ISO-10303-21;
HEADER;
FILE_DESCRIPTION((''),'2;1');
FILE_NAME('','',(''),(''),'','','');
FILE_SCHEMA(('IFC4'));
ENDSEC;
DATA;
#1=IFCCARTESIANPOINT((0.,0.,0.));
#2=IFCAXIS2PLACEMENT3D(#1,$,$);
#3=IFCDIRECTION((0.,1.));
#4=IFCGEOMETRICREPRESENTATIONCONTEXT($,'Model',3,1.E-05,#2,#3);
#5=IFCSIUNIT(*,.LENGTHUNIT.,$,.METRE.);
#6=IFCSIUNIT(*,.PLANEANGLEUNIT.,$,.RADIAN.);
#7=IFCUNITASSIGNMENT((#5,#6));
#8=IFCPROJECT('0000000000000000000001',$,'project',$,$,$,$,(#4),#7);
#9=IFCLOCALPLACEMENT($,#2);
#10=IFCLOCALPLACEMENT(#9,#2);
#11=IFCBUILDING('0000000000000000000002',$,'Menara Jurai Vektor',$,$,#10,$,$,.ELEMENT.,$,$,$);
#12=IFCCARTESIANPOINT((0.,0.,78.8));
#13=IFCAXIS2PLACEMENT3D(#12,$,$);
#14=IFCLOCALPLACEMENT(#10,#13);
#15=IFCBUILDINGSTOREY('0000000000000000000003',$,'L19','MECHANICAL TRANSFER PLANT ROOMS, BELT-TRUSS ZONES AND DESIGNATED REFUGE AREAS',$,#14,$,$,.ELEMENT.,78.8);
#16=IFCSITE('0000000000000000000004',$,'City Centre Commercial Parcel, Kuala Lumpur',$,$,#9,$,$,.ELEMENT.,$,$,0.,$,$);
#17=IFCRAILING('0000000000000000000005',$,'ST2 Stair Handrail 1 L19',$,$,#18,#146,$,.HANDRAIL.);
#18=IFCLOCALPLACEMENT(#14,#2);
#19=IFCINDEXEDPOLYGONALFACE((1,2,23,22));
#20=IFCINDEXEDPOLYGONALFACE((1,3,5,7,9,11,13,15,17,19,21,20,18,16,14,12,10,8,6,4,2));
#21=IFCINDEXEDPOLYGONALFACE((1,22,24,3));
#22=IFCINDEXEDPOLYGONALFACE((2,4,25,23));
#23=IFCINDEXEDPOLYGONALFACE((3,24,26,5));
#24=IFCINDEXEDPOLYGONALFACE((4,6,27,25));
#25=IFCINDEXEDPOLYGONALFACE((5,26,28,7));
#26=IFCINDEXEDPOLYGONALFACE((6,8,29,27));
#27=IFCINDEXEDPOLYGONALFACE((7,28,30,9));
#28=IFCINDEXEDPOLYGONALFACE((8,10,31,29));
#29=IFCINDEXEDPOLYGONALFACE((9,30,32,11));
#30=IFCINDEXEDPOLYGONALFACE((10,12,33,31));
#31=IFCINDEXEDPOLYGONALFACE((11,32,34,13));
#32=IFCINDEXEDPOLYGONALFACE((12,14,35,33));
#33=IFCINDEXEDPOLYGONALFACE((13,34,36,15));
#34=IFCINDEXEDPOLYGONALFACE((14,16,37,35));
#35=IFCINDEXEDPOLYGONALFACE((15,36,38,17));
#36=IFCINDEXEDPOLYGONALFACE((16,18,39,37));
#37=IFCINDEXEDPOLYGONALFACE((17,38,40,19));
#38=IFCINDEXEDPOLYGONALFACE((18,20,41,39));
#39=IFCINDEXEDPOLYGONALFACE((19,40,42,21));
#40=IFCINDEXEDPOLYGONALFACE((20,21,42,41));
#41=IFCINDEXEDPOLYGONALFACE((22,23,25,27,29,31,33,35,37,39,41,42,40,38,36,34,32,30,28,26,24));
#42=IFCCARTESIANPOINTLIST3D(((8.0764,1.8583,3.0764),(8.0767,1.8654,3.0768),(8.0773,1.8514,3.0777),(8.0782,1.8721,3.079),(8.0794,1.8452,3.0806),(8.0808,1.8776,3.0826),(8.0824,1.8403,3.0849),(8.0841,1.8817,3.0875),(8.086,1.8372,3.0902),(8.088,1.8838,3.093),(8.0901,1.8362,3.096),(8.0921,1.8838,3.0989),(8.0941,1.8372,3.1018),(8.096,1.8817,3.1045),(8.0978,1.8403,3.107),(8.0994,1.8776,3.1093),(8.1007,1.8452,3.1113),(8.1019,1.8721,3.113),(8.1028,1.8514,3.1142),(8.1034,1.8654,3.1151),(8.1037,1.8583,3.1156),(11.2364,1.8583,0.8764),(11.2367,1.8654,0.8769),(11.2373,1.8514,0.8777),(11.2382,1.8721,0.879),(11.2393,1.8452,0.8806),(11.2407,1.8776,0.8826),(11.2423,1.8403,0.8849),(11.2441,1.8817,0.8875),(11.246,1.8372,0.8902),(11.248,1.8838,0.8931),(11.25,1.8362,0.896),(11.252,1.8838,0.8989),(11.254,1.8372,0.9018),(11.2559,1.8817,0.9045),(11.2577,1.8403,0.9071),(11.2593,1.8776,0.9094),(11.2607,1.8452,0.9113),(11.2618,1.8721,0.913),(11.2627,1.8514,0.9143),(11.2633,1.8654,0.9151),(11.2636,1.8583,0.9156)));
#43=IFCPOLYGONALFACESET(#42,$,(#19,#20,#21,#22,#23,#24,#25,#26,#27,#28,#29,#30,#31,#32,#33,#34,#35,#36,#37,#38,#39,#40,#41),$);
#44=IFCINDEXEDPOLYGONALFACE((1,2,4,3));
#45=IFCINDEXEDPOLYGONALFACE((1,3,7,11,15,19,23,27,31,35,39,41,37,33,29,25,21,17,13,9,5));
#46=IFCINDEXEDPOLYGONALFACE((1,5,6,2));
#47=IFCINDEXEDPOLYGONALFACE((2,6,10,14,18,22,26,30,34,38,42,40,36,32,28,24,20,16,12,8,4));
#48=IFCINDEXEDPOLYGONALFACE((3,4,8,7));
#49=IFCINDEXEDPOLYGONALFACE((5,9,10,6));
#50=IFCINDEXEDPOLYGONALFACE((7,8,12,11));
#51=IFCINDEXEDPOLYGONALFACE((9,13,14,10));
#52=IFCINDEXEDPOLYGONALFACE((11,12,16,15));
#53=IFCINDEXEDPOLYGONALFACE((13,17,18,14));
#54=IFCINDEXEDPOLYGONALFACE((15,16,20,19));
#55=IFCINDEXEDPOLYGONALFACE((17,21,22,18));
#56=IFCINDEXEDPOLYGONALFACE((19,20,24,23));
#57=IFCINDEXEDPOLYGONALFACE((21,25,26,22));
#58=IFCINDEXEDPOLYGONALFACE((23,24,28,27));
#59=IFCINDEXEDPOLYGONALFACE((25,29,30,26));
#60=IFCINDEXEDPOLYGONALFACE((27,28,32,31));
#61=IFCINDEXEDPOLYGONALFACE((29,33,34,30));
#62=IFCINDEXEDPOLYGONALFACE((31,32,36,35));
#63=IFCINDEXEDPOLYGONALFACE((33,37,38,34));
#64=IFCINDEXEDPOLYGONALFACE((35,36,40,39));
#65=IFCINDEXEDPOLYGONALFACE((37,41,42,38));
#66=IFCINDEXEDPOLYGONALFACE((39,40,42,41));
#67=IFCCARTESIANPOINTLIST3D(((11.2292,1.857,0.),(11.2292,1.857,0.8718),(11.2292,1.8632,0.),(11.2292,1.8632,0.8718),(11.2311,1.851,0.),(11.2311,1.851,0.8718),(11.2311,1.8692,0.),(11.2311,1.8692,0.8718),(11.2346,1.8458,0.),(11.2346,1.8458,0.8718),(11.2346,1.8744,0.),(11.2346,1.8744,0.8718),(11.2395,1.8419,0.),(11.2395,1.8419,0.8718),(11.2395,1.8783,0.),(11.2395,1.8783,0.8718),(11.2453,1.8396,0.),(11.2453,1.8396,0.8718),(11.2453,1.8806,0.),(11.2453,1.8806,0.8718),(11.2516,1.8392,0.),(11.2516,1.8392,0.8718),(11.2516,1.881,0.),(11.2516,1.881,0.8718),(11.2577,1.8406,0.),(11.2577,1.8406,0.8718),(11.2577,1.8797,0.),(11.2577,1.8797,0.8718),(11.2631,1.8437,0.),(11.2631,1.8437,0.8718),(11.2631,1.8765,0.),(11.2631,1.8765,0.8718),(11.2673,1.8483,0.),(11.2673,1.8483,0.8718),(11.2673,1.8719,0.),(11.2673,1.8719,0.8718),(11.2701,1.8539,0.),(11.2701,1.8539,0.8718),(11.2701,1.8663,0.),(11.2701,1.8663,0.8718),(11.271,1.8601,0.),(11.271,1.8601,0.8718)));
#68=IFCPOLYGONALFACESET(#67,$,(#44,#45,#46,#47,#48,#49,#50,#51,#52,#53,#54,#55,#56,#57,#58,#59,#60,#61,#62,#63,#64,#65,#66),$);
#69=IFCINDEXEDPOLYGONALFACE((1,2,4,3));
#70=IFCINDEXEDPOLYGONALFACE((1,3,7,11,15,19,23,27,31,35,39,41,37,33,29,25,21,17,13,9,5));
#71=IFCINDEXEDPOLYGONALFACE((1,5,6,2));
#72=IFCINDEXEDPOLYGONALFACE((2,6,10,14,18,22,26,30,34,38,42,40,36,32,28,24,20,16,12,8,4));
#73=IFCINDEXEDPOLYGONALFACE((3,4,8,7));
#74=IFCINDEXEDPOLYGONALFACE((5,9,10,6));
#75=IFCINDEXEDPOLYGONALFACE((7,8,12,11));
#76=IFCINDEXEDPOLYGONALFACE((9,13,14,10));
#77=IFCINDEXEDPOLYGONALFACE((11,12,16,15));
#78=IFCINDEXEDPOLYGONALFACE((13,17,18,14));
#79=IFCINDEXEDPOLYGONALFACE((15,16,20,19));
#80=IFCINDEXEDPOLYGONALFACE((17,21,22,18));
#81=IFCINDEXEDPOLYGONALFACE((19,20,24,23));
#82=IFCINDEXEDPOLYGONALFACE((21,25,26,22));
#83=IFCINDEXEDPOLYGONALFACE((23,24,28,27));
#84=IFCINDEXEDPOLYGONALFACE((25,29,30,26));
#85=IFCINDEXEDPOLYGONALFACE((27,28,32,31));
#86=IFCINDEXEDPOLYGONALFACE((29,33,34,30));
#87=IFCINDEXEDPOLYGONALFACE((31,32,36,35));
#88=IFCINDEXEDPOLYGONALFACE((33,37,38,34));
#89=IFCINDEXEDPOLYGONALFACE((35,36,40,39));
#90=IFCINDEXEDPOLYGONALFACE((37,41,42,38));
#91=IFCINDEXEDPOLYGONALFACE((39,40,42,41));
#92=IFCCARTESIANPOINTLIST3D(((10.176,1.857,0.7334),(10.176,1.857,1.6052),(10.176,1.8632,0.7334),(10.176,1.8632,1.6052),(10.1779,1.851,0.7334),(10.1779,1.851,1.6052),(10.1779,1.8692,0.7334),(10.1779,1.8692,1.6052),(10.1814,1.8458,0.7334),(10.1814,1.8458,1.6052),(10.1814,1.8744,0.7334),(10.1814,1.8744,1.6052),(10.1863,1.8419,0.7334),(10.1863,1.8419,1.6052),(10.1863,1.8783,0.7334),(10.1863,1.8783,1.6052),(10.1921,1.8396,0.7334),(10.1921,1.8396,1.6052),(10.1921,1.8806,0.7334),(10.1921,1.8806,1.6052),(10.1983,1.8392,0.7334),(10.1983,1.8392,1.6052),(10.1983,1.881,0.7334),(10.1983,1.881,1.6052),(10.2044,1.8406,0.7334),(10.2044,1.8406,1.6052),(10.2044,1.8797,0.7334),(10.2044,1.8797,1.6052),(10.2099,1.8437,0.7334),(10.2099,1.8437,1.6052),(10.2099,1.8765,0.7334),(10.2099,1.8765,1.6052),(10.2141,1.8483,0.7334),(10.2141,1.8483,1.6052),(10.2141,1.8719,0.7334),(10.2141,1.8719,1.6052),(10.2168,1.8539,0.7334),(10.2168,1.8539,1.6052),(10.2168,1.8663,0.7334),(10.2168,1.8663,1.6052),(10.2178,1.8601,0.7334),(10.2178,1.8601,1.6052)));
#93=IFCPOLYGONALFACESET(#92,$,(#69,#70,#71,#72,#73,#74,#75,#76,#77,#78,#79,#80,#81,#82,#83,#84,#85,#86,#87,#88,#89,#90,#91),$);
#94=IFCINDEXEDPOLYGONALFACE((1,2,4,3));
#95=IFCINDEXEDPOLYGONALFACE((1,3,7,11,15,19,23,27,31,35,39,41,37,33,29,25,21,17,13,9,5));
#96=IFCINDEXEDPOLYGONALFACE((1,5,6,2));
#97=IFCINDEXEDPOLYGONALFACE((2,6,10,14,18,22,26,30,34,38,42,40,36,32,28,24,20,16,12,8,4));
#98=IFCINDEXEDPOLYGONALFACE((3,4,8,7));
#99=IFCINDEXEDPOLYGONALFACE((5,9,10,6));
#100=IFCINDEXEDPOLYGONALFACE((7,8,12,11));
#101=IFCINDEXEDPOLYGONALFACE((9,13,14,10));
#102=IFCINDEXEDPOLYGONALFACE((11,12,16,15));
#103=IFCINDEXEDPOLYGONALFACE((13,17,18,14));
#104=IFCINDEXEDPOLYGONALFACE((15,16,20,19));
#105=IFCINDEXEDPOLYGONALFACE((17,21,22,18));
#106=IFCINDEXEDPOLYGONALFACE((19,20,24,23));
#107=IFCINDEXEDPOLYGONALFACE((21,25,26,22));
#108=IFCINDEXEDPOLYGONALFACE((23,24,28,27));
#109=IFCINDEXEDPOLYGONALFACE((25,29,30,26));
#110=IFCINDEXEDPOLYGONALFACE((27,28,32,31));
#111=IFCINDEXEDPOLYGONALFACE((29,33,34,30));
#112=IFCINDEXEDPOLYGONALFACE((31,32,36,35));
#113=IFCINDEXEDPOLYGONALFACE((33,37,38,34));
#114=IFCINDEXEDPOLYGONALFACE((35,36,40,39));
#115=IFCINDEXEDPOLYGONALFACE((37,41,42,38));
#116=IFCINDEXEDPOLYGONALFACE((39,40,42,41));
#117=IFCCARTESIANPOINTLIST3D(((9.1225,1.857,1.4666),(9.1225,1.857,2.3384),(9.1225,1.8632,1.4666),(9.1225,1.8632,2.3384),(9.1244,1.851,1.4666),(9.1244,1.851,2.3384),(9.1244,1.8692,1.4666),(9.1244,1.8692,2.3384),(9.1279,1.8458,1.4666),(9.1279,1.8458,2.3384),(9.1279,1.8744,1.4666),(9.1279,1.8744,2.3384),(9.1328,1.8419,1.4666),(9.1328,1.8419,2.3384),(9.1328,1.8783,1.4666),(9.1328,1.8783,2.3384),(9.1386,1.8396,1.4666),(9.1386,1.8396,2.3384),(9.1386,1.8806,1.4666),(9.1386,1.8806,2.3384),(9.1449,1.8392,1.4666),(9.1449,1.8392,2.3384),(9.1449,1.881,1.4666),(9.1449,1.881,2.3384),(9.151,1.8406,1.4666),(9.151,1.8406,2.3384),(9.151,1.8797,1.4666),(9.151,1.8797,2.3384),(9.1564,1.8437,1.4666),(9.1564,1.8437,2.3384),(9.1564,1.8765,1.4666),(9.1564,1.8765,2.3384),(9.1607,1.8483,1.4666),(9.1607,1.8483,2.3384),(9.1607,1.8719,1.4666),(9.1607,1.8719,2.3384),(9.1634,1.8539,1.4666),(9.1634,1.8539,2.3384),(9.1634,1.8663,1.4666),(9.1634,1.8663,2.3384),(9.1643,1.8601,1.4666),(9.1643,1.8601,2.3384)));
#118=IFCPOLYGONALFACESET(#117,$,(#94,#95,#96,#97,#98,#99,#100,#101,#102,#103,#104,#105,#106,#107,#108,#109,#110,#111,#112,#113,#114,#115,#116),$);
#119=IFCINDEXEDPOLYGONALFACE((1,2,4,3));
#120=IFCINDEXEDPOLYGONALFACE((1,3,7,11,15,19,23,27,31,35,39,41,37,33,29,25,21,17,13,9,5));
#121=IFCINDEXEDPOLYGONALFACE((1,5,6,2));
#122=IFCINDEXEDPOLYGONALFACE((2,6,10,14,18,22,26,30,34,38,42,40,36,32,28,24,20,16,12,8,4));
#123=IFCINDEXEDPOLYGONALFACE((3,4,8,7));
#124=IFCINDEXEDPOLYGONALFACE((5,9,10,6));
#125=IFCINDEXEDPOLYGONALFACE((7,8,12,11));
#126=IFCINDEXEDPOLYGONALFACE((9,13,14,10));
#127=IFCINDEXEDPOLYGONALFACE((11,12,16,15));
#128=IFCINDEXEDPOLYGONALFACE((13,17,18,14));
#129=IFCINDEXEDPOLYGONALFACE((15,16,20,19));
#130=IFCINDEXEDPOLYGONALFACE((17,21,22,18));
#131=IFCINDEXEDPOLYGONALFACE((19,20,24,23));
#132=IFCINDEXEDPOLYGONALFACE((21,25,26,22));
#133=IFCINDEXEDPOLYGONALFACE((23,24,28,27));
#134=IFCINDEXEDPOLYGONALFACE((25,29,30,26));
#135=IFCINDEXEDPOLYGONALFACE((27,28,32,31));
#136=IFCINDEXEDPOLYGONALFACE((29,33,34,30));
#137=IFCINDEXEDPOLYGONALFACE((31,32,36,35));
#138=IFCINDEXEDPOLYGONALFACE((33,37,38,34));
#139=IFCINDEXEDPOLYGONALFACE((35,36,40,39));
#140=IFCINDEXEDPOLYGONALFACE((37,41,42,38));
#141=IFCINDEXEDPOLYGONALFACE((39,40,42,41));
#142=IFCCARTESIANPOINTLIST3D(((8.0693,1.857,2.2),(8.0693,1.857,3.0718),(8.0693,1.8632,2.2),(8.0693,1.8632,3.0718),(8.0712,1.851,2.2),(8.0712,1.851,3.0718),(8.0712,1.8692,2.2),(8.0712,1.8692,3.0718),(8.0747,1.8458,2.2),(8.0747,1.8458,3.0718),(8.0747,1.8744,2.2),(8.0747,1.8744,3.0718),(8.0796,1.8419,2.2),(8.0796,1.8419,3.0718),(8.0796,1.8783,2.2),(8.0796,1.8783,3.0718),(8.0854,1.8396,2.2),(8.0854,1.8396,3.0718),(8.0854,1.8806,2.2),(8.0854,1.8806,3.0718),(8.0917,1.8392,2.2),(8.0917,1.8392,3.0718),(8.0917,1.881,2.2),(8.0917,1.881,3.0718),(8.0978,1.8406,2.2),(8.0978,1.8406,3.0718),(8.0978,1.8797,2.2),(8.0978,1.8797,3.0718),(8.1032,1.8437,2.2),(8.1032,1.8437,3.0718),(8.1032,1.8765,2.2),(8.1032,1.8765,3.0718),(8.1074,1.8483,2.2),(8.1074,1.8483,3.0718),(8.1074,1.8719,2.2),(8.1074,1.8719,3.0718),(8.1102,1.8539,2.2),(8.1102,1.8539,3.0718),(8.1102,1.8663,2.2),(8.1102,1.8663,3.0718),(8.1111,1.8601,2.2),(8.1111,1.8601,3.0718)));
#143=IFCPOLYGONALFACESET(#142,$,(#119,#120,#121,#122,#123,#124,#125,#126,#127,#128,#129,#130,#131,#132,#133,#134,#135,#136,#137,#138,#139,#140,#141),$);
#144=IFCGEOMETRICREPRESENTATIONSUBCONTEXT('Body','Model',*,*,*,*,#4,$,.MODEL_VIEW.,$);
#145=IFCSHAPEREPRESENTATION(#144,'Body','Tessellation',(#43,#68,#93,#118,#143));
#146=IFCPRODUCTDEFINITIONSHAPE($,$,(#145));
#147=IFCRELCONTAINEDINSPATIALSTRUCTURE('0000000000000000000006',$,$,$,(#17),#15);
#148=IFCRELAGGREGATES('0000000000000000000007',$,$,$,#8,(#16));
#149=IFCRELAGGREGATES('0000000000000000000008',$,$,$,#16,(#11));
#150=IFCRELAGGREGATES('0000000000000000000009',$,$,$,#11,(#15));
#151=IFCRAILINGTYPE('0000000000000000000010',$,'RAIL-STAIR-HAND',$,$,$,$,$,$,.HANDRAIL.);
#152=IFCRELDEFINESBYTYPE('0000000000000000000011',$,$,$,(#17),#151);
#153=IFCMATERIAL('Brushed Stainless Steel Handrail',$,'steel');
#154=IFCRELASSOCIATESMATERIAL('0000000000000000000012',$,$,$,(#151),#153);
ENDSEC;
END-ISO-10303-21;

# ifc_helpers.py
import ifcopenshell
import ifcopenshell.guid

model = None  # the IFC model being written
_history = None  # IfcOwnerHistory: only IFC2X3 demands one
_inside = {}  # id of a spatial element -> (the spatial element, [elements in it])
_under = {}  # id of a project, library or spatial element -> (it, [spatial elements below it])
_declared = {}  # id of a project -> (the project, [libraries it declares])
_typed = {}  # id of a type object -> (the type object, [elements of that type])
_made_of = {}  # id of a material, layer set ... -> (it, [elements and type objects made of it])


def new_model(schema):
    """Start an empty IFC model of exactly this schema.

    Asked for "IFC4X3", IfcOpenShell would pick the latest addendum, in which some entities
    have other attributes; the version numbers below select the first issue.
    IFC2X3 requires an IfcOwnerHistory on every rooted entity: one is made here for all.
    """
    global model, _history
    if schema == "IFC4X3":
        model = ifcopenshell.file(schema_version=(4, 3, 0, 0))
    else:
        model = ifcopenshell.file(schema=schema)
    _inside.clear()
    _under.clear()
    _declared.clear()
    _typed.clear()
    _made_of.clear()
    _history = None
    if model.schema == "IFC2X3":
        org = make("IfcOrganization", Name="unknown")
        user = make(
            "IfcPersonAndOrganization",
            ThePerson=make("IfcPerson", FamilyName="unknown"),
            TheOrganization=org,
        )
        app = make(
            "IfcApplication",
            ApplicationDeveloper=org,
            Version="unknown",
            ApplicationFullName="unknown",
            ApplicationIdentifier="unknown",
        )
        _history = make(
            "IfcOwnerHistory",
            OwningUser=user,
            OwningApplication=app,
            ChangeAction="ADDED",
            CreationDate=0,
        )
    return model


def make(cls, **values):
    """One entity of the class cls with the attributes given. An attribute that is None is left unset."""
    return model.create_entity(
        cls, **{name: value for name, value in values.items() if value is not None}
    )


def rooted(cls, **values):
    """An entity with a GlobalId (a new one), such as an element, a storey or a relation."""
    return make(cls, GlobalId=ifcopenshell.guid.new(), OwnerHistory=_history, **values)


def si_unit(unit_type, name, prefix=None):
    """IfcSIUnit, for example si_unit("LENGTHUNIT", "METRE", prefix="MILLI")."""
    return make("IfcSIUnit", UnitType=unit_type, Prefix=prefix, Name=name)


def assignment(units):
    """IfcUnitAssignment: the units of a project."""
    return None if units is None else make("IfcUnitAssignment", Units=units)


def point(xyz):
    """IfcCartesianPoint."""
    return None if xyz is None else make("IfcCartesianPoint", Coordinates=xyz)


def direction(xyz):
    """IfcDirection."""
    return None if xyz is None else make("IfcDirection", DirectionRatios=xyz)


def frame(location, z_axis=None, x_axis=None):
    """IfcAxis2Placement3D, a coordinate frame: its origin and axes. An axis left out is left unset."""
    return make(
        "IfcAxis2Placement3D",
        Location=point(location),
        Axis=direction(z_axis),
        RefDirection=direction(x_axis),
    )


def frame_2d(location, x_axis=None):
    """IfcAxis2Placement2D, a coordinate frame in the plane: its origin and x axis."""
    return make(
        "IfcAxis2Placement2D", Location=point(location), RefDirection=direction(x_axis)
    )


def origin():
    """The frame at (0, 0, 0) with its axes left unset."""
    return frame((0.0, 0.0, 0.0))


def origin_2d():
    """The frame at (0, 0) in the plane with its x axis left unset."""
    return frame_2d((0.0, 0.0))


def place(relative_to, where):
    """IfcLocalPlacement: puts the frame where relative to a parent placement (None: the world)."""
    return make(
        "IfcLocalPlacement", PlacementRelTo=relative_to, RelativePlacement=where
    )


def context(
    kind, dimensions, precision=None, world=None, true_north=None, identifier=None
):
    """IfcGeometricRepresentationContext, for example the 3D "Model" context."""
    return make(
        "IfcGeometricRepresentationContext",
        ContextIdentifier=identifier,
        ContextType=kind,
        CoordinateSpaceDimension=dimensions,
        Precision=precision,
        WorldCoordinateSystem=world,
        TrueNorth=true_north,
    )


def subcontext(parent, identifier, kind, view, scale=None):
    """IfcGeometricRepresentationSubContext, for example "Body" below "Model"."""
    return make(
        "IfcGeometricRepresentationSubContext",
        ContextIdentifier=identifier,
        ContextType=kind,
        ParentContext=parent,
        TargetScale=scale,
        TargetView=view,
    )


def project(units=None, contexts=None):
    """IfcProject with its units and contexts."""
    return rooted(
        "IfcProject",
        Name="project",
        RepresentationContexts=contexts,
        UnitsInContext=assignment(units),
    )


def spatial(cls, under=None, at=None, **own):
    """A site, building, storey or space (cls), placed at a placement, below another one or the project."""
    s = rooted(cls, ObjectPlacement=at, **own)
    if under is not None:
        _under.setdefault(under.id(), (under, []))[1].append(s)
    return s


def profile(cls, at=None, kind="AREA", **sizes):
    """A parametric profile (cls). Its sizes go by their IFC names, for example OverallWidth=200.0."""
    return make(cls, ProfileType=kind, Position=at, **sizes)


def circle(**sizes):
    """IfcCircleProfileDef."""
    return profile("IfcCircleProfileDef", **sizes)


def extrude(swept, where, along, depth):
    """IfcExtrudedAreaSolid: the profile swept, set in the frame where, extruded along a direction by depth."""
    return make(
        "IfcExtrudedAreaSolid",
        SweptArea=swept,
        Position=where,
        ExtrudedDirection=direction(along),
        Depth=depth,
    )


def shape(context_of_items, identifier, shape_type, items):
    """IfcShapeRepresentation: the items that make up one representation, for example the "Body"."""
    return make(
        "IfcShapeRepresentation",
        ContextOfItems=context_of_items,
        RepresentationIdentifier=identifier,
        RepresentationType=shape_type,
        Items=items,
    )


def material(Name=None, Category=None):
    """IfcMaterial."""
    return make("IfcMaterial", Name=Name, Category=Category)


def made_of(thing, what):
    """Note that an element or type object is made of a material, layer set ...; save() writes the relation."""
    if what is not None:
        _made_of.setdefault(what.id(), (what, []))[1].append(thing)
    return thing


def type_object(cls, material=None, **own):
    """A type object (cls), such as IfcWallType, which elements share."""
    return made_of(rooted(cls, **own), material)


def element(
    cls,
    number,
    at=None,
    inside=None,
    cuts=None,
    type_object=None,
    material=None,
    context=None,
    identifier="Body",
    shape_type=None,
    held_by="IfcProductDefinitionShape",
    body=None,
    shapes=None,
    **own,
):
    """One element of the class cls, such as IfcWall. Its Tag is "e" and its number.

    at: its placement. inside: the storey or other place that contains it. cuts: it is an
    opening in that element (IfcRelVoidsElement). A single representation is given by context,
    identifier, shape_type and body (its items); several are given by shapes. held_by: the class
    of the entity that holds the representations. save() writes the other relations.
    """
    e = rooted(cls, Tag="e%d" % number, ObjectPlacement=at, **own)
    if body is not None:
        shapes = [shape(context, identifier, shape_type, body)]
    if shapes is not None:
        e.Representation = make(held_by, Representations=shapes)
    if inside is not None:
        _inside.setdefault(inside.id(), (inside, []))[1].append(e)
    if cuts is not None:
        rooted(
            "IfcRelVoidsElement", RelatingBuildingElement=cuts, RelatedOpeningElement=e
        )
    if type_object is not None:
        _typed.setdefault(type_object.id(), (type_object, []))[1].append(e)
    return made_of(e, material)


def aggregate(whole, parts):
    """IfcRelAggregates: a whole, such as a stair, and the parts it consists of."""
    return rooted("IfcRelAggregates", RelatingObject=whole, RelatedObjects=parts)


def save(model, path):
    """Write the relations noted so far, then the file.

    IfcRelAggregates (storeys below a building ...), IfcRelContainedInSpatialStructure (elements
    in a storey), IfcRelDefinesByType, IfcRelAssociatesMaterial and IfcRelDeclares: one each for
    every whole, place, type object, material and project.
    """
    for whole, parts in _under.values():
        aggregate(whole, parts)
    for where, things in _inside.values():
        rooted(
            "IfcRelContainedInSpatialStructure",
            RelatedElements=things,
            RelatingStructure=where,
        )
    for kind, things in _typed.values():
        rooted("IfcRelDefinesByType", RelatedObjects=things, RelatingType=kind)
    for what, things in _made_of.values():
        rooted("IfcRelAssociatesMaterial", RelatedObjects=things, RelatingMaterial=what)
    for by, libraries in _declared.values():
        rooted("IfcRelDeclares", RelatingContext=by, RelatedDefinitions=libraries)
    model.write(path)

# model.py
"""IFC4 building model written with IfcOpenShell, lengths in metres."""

from ifc_helpers import new_model, si_unit, direction, frame, origin, origin_2d, place, context, subcontext, project, spatial, circle, extrude, material, type_object, element, save


model = new_model("IFC4")

# Units and contexts
model_context = context("Model", 3, precision=1e-05, world=origin(), true_north=direction((0.0, 1.0)))
body_context = subcontext(model_context, "Body", "Model", "MODEL_VIEW")
ifc_project = project(units=[si_unit("LENGTHUNIT", "METRE"), si_unit("PLANEANGLEUNIT", "RADIAN")], contexts=[model_context])

# Site, building, storey
site_placement = place(None, origin())
site = spatial("IfcSite", under=ifc_project, at=site_placement, Name="City Centre Commercial Parcel, Kuala Lumpur", CompositionType="ELEMENT", RefElevation=0.0)
building_placement = place(site_placement, origin())
building = spatial("IfcBuilding", under=site, at=building_placement, Name="Menara Jurai Vektor", CompositionType="ELEMENT")
storey_placement = place(building_placement, frame((0.0, 0.0, 78.8)))
storey = spatial("IfcBuildingStorey", under=building, at=storey_placement, Name="L19", Description="MECHANICAL TRANSFER PLANT ROOMS, BELT-TRUSS ZONES AND DESIGNATED REFUGE AREAS", CompositionType="ELEMENT", Elevation=78.8)

# Railing
ifc_material_1 = material(Name="Brushed Stainless Steel Handrail", Category="steel")
railing_type_1 = type_object("IfcRailingType", Name="RAIL-STAIR-HAND", PredefinedType="HANDRAIL", material=ifc_material_1)
railing_1_placement = place(storey_placement, frame((11.25, 1.8601, 0.0)))
element("IfcRailing", 1, at=railing_1_placement, inside=storey, type_object=railing_type_1, Name="ST2 Stair Handrail 1 L19", PredefinedType="HANDRAIL", context=body_context, shape_type="SweptSolid", body=[
    extrude(circle(Radius=0.0239, at=origin_2d()), frame((0.0, 0.0, 0.896), z_axis=(-0.820692, 0.0, 0.571371), x_axis=(0.0, -1.0, 0.0)), (0.0, 0.0, 1.0), 3.8503),
    extrude(circle(Radius=0.021, at=origin_2d()), origin(), (0.0, 0.0, 1.0), 0.8718),
    extrude(circle(Radius=0.021, at=origin_2d()), frame((-1.0532, 0.0, 0.7334)), (0.0, 0.0, 1.0), 0.8718),
    extrude(circle(Radius=0.021, at=origin_2d()), frame((-2.1067, 0.0, 1.4666)), (0.0, 0.0, 1.0), 0.8718),
    extrude(circle(Radius=0.021, at=origin_2d()), frame((-3.1599, 0.0, 2.2)), (0.0, 0.0, 1.0), 0.8718),
])

save(model, "model.ifc")
